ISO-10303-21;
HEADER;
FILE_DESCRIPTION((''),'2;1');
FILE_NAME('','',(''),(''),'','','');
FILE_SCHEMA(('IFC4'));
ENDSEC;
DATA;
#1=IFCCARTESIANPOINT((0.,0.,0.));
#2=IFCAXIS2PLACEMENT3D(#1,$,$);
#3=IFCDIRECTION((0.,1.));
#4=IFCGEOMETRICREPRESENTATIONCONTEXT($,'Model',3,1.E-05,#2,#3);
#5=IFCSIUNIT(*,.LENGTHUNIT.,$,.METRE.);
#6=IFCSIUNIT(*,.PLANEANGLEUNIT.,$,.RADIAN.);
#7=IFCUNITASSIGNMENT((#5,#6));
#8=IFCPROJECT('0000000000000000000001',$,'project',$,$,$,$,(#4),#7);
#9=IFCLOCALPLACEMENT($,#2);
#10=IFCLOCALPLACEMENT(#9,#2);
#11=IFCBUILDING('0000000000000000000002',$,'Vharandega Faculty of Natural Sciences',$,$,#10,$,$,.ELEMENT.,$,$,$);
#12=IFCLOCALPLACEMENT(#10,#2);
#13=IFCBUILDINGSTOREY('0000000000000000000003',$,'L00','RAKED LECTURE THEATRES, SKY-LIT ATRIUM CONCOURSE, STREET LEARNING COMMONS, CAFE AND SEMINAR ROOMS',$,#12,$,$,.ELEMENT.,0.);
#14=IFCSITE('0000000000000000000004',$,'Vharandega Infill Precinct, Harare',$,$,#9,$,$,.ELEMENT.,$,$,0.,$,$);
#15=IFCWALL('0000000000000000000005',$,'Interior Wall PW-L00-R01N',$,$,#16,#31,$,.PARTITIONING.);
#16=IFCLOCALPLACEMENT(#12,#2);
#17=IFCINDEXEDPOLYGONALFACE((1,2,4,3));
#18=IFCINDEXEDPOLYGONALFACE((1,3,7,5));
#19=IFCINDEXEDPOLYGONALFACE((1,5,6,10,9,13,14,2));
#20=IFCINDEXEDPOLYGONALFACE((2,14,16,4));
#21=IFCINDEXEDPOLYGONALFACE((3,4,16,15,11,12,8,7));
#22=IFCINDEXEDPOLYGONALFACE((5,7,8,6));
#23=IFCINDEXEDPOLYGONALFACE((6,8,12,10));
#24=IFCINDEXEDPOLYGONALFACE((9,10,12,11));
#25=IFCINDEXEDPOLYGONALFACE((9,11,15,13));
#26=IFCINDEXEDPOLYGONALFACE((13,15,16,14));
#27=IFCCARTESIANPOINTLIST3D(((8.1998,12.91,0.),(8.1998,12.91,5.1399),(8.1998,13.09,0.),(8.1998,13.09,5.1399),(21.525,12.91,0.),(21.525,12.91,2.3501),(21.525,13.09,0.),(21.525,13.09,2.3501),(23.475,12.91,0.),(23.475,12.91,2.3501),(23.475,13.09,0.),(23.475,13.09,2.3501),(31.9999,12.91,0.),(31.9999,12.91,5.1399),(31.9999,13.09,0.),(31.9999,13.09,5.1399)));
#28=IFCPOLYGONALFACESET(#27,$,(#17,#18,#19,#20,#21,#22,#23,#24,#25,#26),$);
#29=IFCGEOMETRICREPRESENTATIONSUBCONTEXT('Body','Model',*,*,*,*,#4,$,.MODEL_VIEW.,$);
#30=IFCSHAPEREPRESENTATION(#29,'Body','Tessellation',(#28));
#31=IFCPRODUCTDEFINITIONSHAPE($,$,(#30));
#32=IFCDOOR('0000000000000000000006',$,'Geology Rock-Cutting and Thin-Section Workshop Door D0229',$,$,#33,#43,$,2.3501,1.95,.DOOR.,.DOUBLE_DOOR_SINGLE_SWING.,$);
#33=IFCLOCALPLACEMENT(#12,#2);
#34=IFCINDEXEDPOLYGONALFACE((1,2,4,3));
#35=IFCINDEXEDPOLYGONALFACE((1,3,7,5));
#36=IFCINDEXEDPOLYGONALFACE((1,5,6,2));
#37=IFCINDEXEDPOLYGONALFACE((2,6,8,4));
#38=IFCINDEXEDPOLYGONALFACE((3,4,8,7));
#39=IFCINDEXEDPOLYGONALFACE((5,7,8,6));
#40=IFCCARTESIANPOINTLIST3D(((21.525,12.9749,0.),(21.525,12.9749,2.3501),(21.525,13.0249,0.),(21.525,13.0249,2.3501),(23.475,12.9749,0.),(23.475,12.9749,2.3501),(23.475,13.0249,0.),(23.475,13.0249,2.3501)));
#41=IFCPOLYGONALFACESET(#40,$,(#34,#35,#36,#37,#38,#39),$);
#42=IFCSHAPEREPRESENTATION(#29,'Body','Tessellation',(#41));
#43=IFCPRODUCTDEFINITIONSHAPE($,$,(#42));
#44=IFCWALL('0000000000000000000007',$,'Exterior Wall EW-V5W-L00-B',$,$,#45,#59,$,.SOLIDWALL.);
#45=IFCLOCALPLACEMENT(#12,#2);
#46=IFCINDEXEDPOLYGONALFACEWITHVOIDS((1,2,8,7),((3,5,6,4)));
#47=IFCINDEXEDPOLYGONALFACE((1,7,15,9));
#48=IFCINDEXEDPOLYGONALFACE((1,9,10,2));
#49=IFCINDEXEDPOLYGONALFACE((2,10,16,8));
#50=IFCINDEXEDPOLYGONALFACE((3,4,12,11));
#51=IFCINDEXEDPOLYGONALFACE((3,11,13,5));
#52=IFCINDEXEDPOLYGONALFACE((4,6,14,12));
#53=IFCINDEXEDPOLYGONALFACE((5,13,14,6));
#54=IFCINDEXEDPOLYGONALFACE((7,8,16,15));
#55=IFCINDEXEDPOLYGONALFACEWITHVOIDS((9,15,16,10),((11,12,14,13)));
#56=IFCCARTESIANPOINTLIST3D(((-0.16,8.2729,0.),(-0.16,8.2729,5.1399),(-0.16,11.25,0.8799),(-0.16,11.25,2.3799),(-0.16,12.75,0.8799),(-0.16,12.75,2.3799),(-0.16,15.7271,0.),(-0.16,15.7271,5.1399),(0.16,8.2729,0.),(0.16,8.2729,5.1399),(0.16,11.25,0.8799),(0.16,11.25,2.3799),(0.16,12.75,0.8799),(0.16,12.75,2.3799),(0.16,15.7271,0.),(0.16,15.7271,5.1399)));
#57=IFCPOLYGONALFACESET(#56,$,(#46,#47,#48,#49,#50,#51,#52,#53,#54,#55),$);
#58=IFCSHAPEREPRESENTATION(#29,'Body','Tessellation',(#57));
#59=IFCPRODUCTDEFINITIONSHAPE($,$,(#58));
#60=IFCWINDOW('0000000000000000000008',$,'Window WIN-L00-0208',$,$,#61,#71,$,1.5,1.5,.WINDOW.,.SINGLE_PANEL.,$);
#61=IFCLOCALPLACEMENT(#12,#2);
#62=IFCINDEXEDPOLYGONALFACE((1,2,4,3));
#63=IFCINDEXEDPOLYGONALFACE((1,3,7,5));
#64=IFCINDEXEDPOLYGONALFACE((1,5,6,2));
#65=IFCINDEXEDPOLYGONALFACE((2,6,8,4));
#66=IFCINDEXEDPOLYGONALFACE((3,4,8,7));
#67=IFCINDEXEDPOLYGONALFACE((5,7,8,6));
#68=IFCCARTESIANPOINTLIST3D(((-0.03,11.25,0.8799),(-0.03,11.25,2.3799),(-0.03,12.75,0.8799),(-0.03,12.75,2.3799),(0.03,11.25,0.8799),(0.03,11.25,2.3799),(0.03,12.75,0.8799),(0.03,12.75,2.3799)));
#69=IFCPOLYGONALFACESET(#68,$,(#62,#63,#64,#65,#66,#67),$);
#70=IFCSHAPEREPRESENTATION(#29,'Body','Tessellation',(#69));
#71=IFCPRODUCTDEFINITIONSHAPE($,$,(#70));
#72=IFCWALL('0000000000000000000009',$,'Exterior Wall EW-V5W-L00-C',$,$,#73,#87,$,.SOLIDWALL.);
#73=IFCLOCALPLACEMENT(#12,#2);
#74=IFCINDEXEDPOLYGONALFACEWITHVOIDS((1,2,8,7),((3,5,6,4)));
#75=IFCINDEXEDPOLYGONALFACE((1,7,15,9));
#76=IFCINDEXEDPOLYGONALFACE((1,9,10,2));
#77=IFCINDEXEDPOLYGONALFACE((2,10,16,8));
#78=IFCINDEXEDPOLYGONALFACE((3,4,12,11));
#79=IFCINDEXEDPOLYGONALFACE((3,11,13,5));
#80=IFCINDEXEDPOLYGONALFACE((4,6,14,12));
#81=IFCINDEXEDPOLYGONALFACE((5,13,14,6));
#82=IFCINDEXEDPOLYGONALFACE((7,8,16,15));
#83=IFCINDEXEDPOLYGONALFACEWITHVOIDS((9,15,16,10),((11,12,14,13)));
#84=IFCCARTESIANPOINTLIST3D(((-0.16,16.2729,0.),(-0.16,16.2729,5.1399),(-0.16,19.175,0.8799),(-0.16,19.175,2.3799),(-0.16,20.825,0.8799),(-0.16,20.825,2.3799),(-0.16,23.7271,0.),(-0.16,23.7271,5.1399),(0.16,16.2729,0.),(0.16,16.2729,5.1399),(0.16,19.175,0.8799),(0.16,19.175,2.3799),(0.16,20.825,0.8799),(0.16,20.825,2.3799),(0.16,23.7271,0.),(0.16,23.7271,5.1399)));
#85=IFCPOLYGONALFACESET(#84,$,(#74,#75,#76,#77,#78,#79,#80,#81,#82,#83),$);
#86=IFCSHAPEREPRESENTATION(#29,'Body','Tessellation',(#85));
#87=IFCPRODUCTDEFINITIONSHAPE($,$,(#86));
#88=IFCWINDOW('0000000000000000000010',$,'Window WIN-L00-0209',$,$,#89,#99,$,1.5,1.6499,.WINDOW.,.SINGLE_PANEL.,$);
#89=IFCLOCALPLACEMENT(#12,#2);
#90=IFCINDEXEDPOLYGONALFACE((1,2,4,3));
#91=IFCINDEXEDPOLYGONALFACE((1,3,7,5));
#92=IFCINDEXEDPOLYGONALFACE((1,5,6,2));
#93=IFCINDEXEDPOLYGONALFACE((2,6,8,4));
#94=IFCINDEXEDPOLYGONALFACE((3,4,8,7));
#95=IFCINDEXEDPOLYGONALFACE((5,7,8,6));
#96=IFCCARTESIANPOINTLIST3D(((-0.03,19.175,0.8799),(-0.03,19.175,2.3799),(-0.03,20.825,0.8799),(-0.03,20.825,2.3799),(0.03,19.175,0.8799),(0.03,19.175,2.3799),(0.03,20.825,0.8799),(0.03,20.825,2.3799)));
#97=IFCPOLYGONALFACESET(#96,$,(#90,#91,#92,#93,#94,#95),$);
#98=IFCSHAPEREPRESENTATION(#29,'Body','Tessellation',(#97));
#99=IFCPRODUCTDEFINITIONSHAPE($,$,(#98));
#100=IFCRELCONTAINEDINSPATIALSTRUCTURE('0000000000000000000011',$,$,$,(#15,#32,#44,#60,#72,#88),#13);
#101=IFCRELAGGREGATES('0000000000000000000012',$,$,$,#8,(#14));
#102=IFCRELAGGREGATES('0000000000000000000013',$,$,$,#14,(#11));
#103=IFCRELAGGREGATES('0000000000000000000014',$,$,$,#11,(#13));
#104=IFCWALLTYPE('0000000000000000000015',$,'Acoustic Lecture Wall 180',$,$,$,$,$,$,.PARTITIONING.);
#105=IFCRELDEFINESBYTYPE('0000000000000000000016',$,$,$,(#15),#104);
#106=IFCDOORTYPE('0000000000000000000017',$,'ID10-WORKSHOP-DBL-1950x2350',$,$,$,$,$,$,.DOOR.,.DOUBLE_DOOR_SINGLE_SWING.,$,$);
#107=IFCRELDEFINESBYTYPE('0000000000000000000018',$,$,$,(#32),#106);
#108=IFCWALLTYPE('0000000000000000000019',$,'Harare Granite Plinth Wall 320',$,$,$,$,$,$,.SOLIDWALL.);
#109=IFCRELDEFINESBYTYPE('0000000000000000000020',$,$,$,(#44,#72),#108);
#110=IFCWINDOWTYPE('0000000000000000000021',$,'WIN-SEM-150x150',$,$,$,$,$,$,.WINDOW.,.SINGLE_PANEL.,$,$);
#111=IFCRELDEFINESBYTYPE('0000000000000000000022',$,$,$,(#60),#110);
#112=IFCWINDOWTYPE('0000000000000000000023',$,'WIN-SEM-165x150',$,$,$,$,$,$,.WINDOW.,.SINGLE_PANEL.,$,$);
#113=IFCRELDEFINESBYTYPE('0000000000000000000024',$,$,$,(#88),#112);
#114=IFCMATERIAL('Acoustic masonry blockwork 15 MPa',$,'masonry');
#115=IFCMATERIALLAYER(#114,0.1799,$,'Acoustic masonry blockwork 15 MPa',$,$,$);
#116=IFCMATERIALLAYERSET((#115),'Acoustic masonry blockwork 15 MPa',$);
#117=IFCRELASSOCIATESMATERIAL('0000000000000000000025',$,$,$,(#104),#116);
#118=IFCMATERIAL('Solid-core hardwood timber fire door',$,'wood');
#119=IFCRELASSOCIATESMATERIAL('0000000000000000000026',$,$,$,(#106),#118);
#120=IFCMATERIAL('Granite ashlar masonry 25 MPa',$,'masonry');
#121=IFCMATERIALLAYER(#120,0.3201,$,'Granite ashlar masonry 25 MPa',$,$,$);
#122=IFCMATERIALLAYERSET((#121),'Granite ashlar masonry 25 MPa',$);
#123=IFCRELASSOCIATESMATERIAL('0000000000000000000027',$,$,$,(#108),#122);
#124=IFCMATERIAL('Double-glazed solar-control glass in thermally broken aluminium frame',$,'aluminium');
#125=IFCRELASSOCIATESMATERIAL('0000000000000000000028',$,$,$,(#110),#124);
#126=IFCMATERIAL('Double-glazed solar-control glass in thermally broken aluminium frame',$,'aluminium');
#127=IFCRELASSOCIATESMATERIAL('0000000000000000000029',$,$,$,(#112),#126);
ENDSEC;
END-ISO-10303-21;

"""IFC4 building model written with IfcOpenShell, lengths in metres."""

from ifc_helpers import new_model, si_unit, direction, frame, frame_2d, origin, place, context, subcontext, project, spatial, rectangle, extrude, material, layer, layer_set, type_object, element, fill, save


model = new_model("IFC4")

# Units and contexts
model_context = context("Model", 3, precision=1e-05, world=origin(), true_north=direction((0.0, 1.0)))
body_context = subcontext(model_context, "Body", "Model", "MODEL_VIEW")
ifc_project = project(units=[si_unit("LENGTHUNIT", "METRE"), si_unit("PLANEANGLEUNIT", "RADIAN")], contexts=[model_context])

# Site, building, storey
site_placement = place(None, origin())
site = spatial("IfcSite", under=ifc_project, at=site_placement, Name="Vharandega Infill Precinct, Harare", CompositionType="ELEMENT", RefElevation=0.0)
building_placement = place(site_placement, origin())
building = spatial("IfcBuilding", under=site, at=building_placement, Name="Vharandega Faculty of Natural Sciences", CompositionType="ELEMENT")
storey_placement = place(building_placement, origin())
storey = spatial("IfcBuildingStorey", under=building, at=storey_placement, Name="L00", Description="RAKED LECTURE THEATRES, SKY-LIT ATRIUM CONCOURSE, STREET LEARNING COMMONS, CAFE AND SEMINAR ROOMS", CompositionType="ELEMENT", Elevation=0.0)

# Wall, opening, door
ifc_material_1 = material(Name="Acoustic masonry blockwork 15 MPa", Category="masonry")
ifc_layer_1 = layer(ifc_material_1, 0.1799, Name="Acoustic masonry blockwork 15 MPa")
ifc_layer_set_1 = layer_set([ifc_layer_1], Name="Acoustic masonry blockwork 15 MPa")
wall_type_1 = type_object("IfcWallType", Name="Acoustic Lecture Wall 180", PredefinedType="PARTITIONING", material=ifc_layer_set_1)
wall_1_placement = place(storey_placement, frame((8.2, 13.0, 0.0), z_axis=(0.0, 0.0, 1.0), x_axis=(1.0, 0.0, 0.0)))
wall_1 = element("IfcWall", 1, at=wall_1_placement, inside=storey, type_object=wall_type_1, Name="Interior Wall PW-L00-R01N", PredefinedType="PARTITIONING", context=body_context, shape_type="SweptSolid", body=[
    extrude(rectangle(XDim=23.8, YDim=0.1799, at=frame_2d((11.8999, 0.0))), origin(), (0.0, 0.0, 1.0), 5.1399),
])
opening_1_placement = place(wall_1_placement, frame((13.325, 0.0, 0.0)))
opening_1 = element("IfcOpeningElement", 2, at=opening_1_placement, cuts=wall_1, PredefinedType="OPENING", context=body_context, shape_type="SweptSolid", body=[
    extrude(rectangle(XDim=1.95, YDim=2.3501, at=frame_2d((0.9751, 1.175))), frame((0.0, 0.1001, 0.0), z_axis=(0.0, -1.0, 0.0), x_axis=(1.0, 0.0, 0.0)), (0.0, 0.0, 1.0), 0.2),
])
ifc_material_2 = material(Name="Solid-core hardwood timber fire door", Category="wood")
door_type = type_object("IfcDoorType", Name="ID10-WORKSHOP-DBL-1950x2350", OperationType="DOUBLE_DOOR_SINGLE_SWING", PredefinedType="DOOR", material=ifc_material_2)
door_placement = place(opening_1_placement, origin())
door = element("IfcDoor", 3, at=door_placement, inside=storey, type_object=door_type, Name="Geology Rock-Cutting and Thin-Section Workshop Door D0229", OperationType="DOUBLE_DOOR_SINGLE_SWING", OverallHeight=2.3501, OverallWidth=1.95, PredefinedType="DOOR", context=body_context, shape_type="SweptSolid", body=[
    extrude(rectangle(XDim=1.95, YDim=2.3501, at=frame_2d((0.9751, 1.175))), frame((0.0, 0.0249, 0.0), z_axis=(0.0, -1.0, 0.0), x_axis=(1.0, 0.0, 0.0)), (0.0, 0.0, 1.0), 0.05),
])
fill(opening_1, door)

# Walls, openings, windows
ifc_material_3 = material(Name="Granite ashlar masonry 25 MPa", Category="masonry")
ifc_layer_2 = layer(ifc_material_3, 0.3201, Name="Granite ashlar masonry 25 MPa")
ifc_layer_set_2 = layer_set([ifc_layer_2], Name="Granite ashlar masonry 25 MPa")
wall_type_2 = type_object("IfcWallType", Name="Harare Granite Plinth Wall 320", PredefinedType="SOLIDWALL", material=ifc_layer_set_2)
wall_2_placement = place(storey_placement, frame((0.0, 8.2729, 0.0), z_axis=(0.0, 0.0, 1.0), x_axis=(0.0, 1.0, 0.0)))
wall_2 = element("IfcWall", 4, at=wall_2_placement, inside=storey, type_object=wall_type_2, Name="Exterior Wall EW-V5W-L00-B", PredefinedType="SOLIDWALL", context=body_context, shape_type="SweptSolid", body=[
    extrude(rectangle(XDim=7.4541, YDim=0.3201, at=frame_2d((3.7271, 0.0))), origin(), (0.0, 0.0, 1.0), 5.1399),
])
opening_2_placement = place(wall_2_placement, frame((2.9771, 0.0, 0.8799)))
opening_2 = element("IfcOpeningElement", 5, at=opening_2_placement, cuts=wall_2, PredefinedType="OPENING", context=body_context, shape_type="SweptSolid", body=[
    extrude(rectangle(XDim=1.5, YDim=1.5, at=frame_2d((0.75, 0.75))), frame((0.0, 0.1699, 0.0), z_axis=(0.0, -1.0, 0.0), x_axis=(1.0, 0.0, 0.0)), (0.0, 0.0, 1.0), 0.3401),
])
ifc_material_4 = material(Name="Double-glazed solar-control glass in thermally broken aluminium frame", Category="aluminium")
window_type_1 = type_object("IfcWindowType", Name="WIN-SEM-150x150", PartitioningType="SINGLE_PANEL", PredefinedType="WINDOW", material=ifc_material_4)
window_1_placement = place(opening_2_placement, origin())
window_1 = element("IfcWindow", 6, at=window_1_placement, inside=storey, type_object=window_type_1, Name="Window WIN-L00-0208", OverallHeight=1.5, OverallWidth=1.5, PartitioningType="SINGLE_PANEL", PredefinedType="WINDOW", context=body_context, shape_type="SweptSolid", body=[
    extrude(rectangle(XDim=1.5, YDim=1.5, at=frame_2d((0.75, 0.75))), frame((0.0, 0.03, 0.0), z_axis=(0.0, -1.0, 0.0), x_axis=(1.0, 0.0, 0.0)), (0.0, 0.0, 1.0), 0.0601),
])
fill(opening_2, window_1)
wall_3_placement = place(storey_placement, frame((0.0, 16.2729, 0.0), z_axis=(0.0, 0.0, 1.0), x_axis=(0.0, 1.0, 0.0)))
wall_3 = element("IfcWall", 7, at=wall_3_placement, inside=storey, type_object=wall_type_2, Name="Exterior Wall EW-V5W-L00-C", PredefinedType="SOLIDWALL", context=body_context, shape_type="SweptSolid", body=[
    extrude(rectangle(XDim=7.4541, YDim=0.3201, at=frame_2d((3.7271, 0.0))), origin(), (0.0, 0.0, 1.0), 5.1399),
])
opening_3_placement = place(wall_3_placement, frame((2.9021, 0.0, 0.8799)))
opening_3 = element("IfcOpeningElement", 8, at=opening_3_placement, cuts=wall_3, PredefinedType="OPENING", context=body_context, shape_type="SweptSolid", body=[
    extrude(rectangle(XDim=1.6499, YDim=1.5, at=frame_2d((0.825, 0.75))), frame((0.0, 0.1699, 0.0), z_axis=(0.0, -1.0, 0.0), x_axis=(1.0, 0.0, 0.0)), (0.0, 0.0, 1.0), 0.3401),
])
ifc_material_5 = material(Name="Double-glazed solar-control glass in thermally broken aluminium frame", Category="aluminium")
window_type_2 = type_object("IfcWindowType", Name="WIN-SEM-165x150", PartitioningType="SINGLE_PANEL", PredefinedType="WINDOW", material=ifc_material_5)
window_2_placement = place(opening_3_placement, origin())
window_2 = element("IfcWindow", 9, at=window_2_placement, inside=storey, type_object=window_type_2, Name="Window WIN-L00-0209", OverallHeight=1.5, OverallWidth=1.6499, PartitioningType="SINGLE_PANEL", PredefinedType="WINDOW", context=body_context, shape_type="SweptSolid", body=[
    extrude(rectangle(XDim=1.6499, YDim=1.5, at=frame_2d((0.825, 0.75))), frame((0.0, 0.03, 0.0), z_axis=(0.0, -1.0, 0.0), x_axis=(1.0, 0.0, 0.0)), (0.0, 0.0, 1.0), 0.0601),
])
fill(opening_3, window_2)

save(model, "model.ifc")
